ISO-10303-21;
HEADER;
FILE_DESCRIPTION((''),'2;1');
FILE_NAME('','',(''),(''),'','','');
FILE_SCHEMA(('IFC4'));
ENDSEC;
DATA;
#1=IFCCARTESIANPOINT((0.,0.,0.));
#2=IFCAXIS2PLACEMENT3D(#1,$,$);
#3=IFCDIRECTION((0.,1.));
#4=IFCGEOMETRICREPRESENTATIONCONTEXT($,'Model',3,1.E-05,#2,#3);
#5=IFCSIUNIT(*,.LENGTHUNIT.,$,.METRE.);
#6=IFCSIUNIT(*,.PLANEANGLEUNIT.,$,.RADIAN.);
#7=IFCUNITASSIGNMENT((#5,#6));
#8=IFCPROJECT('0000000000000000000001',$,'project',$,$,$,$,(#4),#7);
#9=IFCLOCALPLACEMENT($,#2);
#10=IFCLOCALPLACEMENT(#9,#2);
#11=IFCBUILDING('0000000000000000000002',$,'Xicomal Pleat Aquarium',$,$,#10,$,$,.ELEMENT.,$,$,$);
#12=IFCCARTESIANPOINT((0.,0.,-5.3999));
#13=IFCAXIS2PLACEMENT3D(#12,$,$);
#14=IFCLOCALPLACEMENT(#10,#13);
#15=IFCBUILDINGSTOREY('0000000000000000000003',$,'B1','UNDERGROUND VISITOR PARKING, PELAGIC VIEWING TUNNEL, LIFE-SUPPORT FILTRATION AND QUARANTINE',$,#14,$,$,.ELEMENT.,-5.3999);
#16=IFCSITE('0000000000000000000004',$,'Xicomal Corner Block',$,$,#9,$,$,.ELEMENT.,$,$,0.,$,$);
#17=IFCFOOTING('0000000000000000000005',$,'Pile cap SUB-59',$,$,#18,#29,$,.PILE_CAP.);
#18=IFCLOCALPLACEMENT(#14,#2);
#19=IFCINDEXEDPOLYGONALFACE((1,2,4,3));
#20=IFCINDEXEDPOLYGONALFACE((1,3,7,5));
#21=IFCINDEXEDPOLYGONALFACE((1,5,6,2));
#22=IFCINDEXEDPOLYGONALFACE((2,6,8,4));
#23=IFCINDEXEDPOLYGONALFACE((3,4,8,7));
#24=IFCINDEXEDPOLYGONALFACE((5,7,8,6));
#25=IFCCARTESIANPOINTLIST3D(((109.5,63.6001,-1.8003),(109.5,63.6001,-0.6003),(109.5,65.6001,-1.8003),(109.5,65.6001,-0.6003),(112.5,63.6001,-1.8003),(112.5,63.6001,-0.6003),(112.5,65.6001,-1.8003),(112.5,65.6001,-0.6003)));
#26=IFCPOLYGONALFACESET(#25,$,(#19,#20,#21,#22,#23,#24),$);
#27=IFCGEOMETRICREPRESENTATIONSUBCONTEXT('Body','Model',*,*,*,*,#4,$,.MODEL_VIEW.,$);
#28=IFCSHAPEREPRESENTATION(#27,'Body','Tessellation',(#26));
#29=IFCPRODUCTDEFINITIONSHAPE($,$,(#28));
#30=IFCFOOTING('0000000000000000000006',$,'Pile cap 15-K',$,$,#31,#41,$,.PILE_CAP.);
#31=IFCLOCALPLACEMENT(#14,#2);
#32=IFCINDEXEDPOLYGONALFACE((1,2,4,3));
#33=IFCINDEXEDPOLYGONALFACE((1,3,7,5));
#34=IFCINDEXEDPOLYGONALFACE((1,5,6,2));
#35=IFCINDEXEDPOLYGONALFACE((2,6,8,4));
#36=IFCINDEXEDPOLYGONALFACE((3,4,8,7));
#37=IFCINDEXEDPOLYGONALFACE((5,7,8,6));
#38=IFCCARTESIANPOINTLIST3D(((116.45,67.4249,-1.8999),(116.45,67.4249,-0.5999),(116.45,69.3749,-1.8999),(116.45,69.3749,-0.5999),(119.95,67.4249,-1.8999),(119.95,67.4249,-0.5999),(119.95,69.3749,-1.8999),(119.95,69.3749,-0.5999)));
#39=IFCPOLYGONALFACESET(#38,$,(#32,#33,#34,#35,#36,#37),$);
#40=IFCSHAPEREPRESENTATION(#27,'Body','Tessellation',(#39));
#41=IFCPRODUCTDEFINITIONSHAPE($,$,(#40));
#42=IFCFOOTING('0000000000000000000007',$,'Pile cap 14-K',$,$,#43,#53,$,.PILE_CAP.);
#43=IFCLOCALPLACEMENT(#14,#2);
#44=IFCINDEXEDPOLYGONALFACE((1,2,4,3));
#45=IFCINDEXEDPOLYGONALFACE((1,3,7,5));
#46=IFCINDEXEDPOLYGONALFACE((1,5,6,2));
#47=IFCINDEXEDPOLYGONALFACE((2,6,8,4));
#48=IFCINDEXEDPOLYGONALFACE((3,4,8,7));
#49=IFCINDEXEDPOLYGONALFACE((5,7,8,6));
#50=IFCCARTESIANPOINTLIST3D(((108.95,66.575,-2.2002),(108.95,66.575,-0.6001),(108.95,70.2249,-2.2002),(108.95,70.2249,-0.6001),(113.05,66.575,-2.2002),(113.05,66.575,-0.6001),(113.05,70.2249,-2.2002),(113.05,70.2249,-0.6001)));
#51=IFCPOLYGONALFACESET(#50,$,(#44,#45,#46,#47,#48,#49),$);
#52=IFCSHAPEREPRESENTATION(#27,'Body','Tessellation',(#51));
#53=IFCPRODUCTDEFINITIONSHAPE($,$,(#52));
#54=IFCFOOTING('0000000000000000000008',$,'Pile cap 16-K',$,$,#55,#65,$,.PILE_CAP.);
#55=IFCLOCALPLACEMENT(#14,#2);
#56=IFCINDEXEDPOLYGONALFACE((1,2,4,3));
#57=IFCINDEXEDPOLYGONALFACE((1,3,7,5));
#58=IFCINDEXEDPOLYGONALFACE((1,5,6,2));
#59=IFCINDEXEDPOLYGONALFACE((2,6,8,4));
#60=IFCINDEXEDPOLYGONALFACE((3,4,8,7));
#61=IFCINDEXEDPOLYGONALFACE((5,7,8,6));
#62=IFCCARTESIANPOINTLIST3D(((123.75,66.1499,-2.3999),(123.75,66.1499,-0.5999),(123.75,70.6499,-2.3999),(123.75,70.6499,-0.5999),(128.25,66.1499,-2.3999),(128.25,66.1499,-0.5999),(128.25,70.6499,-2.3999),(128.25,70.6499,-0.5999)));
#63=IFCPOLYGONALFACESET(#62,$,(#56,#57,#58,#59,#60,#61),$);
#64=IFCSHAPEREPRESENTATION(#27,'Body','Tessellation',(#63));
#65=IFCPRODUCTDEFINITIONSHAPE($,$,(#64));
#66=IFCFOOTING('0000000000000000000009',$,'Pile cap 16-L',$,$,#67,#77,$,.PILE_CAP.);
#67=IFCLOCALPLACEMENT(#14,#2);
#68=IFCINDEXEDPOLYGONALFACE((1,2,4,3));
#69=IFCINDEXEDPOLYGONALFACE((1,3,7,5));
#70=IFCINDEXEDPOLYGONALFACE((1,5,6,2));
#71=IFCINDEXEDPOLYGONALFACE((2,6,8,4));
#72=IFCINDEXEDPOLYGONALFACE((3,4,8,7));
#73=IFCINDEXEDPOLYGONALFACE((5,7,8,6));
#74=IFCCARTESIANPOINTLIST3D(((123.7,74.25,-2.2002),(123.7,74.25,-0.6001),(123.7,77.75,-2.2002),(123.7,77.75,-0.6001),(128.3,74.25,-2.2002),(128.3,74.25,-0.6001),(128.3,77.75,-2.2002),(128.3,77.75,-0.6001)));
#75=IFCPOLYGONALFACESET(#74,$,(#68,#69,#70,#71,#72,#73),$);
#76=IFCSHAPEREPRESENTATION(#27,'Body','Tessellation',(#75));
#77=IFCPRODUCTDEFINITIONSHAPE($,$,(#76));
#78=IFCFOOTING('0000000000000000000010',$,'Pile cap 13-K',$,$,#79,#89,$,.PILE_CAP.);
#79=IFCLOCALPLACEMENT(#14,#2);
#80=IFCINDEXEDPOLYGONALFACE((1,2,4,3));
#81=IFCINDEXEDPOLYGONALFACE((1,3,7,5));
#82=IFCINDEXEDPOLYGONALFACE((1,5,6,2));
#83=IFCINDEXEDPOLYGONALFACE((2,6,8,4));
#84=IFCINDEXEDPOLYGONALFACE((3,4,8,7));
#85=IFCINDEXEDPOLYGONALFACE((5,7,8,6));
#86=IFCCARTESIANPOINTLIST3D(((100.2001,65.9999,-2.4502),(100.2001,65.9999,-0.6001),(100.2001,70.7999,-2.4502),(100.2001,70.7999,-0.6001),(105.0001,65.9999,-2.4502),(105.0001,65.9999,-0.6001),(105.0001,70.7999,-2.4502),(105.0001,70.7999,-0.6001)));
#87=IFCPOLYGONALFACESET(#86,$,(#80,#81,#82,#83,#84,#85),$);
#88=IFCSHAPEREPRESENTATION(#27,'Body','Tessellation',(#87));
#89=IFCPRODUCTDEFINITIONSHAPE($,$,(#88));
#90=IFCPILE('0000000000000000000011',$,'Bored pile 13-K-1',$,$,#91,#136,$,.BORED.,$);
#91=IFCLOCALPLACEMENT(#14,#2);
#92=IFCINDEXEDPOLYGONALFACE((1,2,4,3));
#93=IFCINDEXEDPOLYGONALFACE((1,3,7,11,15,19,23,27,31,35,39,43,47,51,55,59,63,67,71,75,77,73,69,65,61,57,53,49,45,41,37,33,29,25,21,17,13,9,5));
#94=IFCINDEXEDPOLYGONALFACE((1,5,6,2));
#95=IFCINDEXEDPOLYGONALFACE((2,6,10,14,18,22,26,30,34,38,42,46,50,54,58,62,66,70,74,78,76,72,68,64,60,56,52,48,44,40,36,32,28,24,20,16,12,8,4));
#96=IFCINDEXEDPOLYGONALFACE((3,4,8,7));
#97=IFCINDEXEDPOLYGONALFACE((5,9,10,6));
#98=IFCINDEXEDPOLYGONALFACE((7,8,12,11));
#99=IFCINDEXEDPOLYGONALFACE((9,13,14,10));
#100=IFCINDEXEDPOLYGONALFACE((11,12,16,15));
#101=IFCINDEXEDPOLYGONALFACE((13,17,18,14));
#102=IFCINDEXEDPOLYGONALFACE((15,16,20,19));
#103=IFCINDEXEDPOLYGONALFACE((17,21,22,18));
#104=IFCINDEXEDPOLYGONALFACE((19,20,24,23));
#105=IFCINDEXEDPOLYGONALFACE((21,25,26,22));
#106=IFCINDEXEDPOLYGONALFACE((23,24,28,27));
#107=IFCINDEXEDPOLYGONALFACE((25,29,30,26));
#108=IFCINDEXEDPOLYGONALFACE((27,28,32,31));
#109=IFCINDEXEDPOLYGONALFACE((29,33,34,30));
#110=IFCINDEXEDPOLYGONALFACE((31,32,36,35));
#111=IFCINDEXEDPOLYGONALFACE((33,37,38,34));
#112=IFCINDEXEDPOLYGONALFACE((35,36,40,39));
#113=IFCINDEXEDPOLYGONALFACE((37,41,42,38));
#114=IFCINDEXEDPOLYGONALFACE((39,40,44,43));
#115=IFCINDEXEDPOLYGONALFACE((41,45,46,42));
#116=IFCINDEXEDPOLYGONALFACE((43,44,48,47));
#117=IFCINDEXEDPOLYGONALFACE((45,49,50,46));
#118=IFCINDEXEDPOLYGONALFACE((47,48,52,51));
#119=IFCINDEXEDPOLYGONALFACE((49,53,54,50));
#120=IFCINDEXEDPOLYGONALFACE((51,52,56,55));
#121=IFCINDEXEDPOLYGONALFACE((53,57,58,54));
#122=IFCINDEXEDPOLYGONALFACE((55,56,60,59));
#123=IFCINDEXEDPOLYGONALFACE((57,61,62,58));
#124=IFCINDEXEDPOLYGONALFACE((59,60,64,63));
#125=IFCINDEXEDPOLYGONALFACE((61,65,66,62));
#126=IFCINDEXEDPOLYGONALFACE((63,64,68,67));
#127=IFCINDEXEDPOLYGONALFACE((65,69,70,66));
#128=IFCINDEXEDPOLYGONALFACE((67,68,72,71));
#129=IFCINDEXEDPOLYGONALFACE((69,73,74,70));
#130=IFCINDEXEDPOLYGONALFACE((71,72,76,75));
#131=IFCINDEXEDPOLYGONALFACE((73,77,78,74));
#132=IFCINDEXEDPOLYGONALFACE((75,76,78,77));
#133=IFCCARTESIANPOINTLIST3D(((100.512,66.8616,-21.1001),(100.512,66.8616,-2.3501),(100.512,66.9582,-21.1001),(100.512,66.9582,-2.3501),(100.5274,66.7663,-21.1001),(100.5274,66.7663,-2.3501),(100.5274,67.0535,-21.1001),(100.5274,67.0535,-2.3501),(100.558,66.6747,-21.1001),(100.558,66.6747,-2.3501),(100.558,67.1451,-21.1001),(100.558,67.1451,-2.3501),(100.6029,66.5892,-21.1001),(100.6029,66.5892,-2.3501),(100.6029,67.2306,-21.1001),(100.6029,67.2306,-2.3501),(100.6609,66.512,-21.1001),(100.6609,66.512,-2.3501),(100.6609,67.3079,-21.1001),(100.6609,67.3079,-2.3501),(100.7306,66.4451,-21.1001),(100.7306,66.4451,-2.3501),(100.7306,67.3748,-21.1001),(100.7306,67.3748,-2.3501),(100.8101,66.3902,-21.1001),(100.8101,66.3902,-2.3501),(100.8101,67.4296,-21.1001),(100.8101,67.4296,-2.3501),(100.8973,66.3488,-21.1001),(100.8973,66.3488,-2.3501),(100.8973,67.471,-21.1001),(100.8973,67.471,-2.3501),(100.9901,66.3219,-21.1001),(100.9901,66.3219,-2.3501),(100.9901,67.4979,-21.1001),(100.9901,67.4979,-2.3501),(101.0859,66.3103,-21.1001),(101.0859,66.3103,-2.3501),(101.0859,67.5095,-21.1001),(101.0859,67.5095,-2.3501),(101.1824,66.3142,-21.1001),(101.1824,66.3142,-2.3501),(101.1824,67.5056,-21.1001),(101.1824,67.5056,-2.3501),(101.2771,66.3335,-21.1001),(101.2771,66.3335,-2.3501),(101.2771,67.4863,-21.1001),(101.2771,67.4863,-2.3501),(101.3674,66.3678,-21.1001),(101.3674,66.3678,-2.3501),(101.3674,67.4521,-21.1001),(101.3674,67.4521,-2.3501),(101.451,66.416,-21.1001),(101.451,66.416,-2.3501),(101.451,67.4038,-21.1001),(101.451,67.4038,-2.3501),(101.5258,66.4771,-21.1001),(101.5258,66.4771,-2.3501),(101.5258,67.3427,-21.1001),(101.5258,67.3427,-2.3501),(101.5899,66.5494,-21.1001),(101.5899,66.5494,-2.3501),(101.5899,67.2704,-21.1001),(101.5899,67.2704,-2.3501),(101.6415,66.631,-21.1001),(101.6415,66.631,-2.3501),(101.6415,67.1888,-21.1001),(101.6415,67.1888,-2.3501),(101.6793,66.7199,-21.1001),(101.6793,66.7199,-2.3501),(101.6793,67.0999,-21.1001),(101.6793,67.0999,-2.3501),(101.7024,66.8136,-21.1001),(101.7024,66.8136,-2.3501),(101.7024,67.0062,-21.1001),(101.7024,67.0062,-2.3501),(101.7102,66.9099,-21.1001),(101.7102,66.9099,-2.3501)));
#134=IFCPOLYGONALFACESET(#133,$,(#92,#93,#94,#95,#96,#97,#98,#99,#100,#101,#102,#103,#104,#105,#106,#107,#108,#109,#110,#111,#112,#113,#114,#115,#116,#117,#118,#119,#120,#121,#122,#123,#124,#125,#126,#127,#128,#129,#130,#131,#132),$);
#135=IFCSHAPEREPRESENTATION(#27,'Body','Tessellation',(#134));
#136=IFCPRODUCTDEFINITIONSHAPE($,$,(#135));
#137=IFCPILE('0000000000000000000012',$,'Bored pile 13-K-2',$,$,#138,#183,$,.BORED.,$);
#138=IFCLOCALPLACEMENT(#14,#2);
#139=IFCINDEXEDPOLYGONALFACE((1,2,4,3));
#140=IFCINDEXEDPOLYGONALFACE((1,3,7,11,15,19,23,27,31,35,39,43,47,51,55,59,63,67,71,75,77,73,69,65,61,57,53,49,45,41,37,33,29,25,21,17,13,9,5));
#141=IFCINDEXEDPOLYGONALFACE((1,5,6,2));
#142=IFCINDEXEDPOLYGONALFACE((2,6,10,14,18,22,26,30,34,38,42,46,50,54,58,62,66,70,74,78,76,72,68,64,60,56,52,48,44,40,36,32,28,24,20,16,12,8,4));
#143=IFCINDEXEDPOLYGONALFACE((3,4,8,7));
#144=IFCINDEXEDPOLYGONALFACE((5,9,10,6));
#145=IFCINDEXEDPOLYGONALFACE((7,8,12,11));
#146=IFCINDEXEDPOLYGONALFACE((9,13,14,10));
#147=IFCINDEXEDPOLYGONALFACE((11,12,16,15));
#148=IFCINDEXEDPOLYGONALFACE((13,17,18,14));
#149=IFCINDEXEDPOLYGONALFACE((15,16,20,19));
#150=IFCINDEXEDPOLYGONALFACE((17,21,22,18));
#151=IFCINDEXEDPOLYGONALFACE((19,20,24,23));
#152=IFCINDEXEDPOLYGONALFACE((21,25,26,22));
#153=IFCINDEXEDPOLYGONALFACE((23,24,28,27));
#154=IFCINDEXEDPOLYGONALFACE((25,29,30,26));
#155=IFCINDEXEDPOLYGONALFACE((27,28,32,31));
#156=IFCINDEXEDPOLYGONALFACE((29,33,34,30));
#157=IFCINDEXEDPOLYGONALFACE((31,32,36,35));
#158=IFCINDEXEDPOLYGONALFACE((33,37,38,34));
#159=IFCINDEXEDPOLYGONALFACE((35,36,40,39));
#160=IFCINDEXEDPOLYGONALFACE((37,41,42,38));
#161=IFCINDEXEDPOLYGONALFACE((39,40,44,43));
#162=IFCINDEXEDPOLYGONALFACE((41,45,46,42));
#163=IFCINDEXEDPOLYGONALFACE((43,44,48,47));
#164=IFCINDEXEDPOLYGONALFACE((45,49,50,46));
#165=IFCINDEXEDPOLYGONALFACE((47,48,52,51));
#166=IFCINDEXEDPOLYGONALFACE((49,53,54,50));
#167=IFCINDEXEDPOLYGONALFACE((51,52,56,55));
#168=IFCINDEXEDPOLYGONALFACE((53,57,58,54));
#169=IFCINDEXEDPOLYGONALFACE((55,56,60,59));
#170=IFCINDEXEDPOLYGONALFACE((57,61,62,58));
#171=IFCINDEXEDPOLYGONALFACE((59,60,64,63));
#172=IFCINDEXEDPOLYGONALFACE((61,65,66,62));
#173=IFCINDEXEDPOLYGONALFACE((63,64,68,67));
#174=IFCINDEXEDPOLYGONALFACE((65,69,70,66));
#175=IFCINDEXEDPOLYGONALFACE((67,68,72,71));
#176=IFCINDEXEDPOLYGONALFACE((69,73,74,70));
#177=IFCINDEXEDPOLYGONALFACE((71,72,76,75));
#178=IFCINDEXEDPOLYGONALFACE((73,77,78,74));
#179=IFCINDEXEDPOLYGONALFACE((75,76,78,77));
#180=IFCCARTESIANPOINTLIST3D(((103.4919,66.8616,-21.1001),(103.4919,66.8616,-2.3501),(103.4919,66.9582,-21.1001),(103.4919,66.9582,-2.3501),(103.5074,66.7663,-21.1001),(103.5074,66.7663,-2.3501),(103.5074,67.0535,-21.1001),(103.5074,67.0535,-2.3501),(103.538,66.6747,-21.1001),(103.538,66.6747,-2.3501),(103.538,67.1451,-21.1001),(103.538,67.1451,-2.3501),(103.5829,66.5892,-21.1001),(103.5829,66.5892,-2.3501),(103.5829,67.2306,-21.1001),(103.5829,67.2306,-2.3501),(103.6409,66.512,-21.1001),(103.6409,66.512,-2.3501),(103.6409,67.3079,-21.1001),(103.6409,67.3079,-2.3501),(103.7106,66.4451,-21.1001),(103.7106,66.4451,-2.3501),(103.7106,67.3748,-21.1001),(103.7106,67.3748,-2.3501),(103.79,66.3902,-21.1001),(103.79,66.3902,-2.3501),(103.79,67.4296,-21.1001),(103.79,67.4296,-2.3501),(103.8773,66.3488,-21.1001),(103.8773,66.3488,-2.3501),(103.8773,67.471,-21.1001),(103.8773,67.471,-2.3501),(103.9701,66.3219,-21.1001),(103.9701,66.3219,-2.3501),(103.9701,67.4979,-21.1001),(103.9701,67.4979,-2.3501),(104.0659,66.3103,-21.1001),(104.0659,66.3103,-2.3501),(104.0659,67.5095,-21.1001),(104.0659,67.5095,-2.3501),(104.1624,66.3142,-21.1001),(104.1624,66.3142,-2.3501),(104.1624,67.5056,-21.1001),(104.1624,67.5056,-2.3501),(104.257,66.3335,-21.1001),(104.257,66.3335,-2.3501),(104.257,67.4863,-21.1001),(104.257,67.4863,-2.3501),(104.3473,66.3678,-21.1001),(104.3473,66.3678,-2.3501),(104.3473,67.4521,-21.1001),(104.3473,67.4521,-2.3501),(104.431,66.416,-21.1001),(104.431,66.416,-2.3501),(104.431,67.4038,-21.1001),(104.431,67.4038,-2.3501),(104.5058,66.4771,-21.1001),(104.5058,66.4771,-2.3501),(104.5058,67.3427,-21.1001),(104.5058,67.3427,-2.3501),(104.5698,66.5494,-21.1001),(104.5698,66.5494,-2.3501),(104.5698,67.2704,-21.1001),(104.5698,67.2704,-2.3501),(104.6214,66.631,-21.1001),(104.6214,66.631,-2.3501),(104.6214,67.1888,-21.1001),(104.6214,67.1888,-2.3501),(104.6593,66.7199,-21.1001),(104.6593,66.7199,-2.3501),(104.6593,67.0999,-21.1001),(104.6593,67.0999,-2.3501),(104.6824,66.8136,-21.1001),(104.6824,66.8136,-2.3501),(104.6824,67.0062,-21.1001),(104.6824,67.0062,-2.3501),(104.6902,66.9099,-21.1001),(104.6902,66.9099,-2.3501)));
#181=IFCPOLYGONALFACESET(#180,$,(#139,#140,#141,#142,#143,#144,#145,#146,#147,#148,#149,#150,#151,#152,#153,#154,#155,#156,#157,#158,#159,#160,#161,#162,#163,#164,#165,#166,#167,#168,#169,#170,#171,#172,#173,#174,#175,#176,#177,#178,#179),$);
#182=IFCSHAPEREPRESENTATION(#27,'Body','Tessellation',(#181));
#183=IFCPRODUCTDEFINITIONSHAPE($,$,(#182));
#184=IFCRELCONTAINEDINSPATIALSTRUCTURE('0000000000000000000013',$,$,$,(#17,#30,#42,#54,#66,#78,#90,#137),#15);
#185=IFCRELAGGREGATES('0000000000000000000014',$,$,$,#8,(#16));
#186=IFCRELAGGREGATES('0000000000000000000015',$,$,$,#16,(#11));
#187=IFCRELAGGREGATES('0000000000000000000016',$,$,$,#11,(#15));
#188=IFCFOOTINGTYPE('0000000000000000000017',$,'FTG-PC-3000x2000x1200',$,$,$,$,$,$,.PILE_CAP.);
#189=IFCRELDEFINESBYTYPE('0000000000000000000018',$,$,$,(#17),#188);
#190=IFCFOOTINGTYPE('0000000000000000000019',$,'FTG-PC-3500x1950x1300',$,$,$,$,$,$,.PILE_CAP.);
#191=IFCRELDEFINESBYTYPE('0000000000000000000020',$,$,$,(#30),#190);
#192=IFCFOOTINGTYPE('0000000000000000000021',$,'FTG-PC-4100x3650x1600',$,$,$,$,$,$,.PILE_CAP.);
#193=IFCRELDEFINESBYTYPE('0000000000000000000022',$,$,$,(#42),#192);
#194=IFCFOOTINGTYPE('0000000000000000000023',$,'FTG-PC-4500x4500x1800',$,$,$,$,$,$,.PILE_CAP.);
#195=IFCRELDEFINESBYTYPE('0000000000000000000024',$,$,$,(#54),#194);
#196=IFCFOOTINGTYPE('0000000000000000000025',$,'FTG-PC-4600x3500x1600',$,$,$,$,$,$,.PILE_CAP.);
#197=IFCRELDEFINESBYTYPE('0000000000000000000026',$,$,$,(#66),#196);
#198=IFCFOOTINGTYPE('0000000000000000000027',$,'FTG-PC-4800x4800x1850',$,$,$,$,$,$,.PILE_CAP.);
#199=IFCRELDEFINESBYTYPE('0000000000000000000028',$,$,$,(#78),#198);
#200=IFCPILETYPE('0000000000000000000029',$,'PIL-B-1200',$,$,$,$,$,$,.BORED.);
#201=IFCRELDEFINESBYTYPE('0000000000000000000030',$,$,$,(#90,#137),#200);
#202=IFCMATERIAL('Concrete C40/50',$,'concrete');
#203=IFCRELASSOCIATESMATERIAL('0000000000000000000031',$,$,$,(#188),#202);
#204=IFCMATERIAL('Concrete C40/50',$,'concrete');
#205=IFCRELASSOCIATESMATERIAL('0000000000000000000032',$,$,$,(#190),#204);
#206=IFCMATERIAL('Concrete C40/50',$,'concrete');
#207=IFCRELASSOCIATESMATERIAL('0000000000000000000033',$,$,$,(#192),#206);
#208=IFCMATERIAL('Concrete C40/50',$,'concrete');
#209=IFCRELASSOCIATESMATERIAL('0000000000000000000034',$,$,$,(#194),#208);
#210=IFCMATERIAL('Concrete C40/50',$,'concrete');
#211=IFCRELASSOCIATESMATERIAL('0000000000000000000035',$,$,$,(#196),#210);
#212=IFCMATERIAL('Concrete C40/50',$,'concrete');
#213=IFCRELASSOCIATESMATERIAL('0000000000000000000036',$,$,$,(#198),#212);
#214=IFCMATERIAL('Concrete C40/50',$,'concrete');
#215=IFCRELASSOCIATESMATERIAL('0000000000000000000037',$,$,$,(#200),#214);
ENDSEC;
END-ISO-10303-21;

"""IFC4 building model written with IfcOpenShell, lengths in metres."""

from ifc_helpers import new_model, si_unit, direction, frame, origin, origin_2d, place, context, subcontext, project, spatial, rectangle, circle, extrude, material, material_profile, profile_set, type_object, element, save


model = new_model("IFC4")

# Units and contexts
model_context = context("Model", 3, precision=1e-05, world=origin(), true_north=direction((0.0, 1.0)))
body_context = subcontext(model_context, "Body", "Model", "MODEL_VIEW")
ifc_project = project(units=[si_unit("LENGTHUNIT", "METRE"), si_unit("PLANEANGLEUNIT", "RADIAN")], contexts=[model_context])

# Site, building, storey
site_placement = place(None, origin())
site = spatial("IfcSite", under=ifc_project, at=site_placement, Name="Xicomal Corner Block", CompositionType="ELEMENT", RefElevation=0.0)
building_placement = place(site_placement, origin())
building = spatial("IfcBuilding", under=site, at=building_placement, Name="Xicomal Pleat Aquarium", CompositionType="ELEMENT")
storey_placement = place(building_placement, frame((0.0, 0.0, -5.3999)))
storey = spatial("IfcBuildingStorey", under=building, at=storey_placement, Name="B1", Description="UNDERGROUND VISITOR PARKING, PELAGIC VIEWING TUNNEL, LIFE-SUPPORT FILTRATION AND QUARANTINE", CompositionType="ELEMENT", Elevation=-5.3999)

# Footings
ifc_material_1 = material(Name="Concrete C40/50", Category="concrete")
footing_type_1 = type_object("IfcFootingType", Name="FTG-PC-3000x2000x1200", PredefinedType="PILE_CAP", material=ifc_material_1)
footing_1_placement = place(storey_placement, frame((111.0, 64.6001, -1.8003), z_axis=(0.0, 0.0, 1.0), x_axis=(1.0, 0.0, 0.0)))
element("IfcFooting", 1, at=footing_1_placement, inside=storey, type_object=footing_type_1, Name="Pile cap SUB-59", PredefinedType="PILE_CAP", context=body_context, shape_type="SweptSolid", body=[
    extrude(rectangle(XDim=3.0, YDim=2.0, at=origin_2d()), origin(), (0.0, 0.0, 1.0), 1.2),
])
ifc_material_2 = material(Name="Concrete C40/50", Category="concrete")
footing_type_2 = type_object("IfcFootingType", Name="FTG-PC-3500x1950x1300", PredefinedType="PILE_CAP", material=ifc_material_2)
footing_2_placement = place(storey_placement, frame((118.2, 68.3999, -1.8999), z_axis=(0.0, 0.0, 1.0), x_axis=(1.0, 0.0, 0.0)))
element("IfcFooting", 2, at=footing_2_placement, inside=storey, type_object=footing_type_2, Name="Pile cap 15-K", PredefinedType="PILE_CAP", context=body_context, shape_type="SweptSolid", body=[
    extrude(rectangle(XDim=3.5, YDim=1.95, at=origin_2d()), origin(), (0.0, 0.0, 1.0), 1.3),
])
ifc_material_3 = material(Name="Concrete C40/50", Category="concrete")
footing_type_3 = type_object("IfcFootingType", Name="FTG-PC-4100x3650x1600", PredefinedType="PILE_CAP", material=ifc_material_3)
footing_3_placement = place(storey_placement, frame((111.0, 68.3999, -2.2002), z_axis=(0.0, 0.0, 1.0), x_axis=(1.0, 0.0, 0.0)))
element("IfcFooting", 3, at=footing_3_placement, inside=storey, type_object=footing_type_3, Name="Pile cap 14-K", PredefinedType="PILE_CAP", context=body_context, shape_type="SweptSolid", body=[
    extrude(rectangle(XDim=4.1001, YDim=3.6499, at=origin_2d()), origin(), (0.0, 0.0, 1.0), 1.6001),
])
ifc_material_4 = material(Name="Concrete C40/50", Category="concrete")
footing_type_4 = type_object("IfcFootingType", Name="FTG-PC-4500x4500x1800", PredefinedType="PILE_CAP", material=ifc_material_4)
footing_4_placement = place(storey_placement, frame((126.0, 68.3999, -2.3999), z_axis=(0.0, 0.0, 1.0), x_axis=(1.0, 0.0, 0.0)))
element("IfcFooting", 4, at=footing_4_placement, inside=storey, type_object=footing_type_4, Name="Pile cap 16-K", PredefinedType="PILE_CAP", context=body_context, shape_type="SweptSolid", body=[
    extrude(rectangle(XDim=4.5, YDim=4.5, at=origin_2d()), origin(), (0.0, 0.0, 1.0), 1.8),
])
ifc_material_5 = material(Name="Concrete C40/50", Category="concrete")
footing_type_5 = type_object("IfcFootingType", Name="FTG-PC-4600x3500x1600", PredefinedType="PILE_CAP", material=ifc_material_5)
footing_5_placement = place(storey_placement, frame((126.0, 76.0, -2.2002), z_axis=(0.0, 0.0, 1.0), x_axis=(1.0, 0.0, 0.0)))
element("IfcFooting", 5, at=footing_5_placement, inside=storey, type_object=footing_type_5, Name="Pile cap 16-L", PredefinedType="PILE_CAP", context=body_context, shape_type="SweptSolid", body=[
    extrude(rectangle(XDim=4.6001, YDim=3.5, at=origin_2d()), origin(), (0.0, 0.0, 1.0), 1.6001),
])
ifc_material_6 = material(Name="Concrete C40/50", Category="concrete")
footing_type_6 = type_object("IfcFootingType", Name="FTG-PC-4800x4800x1850", PredefinedType="PILE_CAP", material=ifc_material_6)
footing_6_placement = place(storey_placement, frame((102.6001, 68.3999, -2.4502), z_axis=(0.0, 0.0, 1.0), x_axis=(1.0, 0.0, 0.0)))
element("IfcFooting", 6, at=footing_6_placement, inside=storey, type_object=footing_type_6, Name="Pile cap 13-K", PredefinedType="PILE_CAP", context=body_context, shape_type="SweptSolid", body=[
    extrude(rectangle(XDim=4.8, YDim=4.8, at=origin_2d()), origin(), (0.0, 0.0, 1.0), 1.8501),
])

# Piles
ifc_material_7 = material(Name="Concrete C40/50", Category="concrete")
ifc_material_profile_1 = material_profile(ifc_material_7, circle(Radius=0.6001, at=origin_2d()), Name="BORED PILE D1200")
ifc_profile_set_1 = profile_set([ifc_material_profile_1], Name="Concrete C40/50")
pile_type_1 = type_object("IfcPileType", Name="PIL-B-1200", PredefinedType="BORED", material=ifc_profile_set_1)
for number, where, z_axis, x_axis, name in (
    (7, (101.1101, 66.9099, -2.3501), (0.0, 0.0, -1.0), (1.0, 0.0, 0.0), "Bored pile 13-K-1"),
    (8, (104.0901, 66.9099, -2.3501), (0.0, 0.0, -1.0), (1.0, 0.0, 0.0), "Bored pile 13-K-2"),
):
    element("IfcPile", number, at=place(storey_placement, frame(where, z_axis=z_axis, x_axis=x_axis)), inside=storey, type_object=pile_type_1, Name=name, PredefinedType="BORED", context=body_context, shape_type="SweptSolid", body=[
        extrude(circle(Radius=0.6001, at=origin_2d()), origin(), (0.0, 0.0, 1.0), 18.75),
    ])

save(model, "model.ifc")
